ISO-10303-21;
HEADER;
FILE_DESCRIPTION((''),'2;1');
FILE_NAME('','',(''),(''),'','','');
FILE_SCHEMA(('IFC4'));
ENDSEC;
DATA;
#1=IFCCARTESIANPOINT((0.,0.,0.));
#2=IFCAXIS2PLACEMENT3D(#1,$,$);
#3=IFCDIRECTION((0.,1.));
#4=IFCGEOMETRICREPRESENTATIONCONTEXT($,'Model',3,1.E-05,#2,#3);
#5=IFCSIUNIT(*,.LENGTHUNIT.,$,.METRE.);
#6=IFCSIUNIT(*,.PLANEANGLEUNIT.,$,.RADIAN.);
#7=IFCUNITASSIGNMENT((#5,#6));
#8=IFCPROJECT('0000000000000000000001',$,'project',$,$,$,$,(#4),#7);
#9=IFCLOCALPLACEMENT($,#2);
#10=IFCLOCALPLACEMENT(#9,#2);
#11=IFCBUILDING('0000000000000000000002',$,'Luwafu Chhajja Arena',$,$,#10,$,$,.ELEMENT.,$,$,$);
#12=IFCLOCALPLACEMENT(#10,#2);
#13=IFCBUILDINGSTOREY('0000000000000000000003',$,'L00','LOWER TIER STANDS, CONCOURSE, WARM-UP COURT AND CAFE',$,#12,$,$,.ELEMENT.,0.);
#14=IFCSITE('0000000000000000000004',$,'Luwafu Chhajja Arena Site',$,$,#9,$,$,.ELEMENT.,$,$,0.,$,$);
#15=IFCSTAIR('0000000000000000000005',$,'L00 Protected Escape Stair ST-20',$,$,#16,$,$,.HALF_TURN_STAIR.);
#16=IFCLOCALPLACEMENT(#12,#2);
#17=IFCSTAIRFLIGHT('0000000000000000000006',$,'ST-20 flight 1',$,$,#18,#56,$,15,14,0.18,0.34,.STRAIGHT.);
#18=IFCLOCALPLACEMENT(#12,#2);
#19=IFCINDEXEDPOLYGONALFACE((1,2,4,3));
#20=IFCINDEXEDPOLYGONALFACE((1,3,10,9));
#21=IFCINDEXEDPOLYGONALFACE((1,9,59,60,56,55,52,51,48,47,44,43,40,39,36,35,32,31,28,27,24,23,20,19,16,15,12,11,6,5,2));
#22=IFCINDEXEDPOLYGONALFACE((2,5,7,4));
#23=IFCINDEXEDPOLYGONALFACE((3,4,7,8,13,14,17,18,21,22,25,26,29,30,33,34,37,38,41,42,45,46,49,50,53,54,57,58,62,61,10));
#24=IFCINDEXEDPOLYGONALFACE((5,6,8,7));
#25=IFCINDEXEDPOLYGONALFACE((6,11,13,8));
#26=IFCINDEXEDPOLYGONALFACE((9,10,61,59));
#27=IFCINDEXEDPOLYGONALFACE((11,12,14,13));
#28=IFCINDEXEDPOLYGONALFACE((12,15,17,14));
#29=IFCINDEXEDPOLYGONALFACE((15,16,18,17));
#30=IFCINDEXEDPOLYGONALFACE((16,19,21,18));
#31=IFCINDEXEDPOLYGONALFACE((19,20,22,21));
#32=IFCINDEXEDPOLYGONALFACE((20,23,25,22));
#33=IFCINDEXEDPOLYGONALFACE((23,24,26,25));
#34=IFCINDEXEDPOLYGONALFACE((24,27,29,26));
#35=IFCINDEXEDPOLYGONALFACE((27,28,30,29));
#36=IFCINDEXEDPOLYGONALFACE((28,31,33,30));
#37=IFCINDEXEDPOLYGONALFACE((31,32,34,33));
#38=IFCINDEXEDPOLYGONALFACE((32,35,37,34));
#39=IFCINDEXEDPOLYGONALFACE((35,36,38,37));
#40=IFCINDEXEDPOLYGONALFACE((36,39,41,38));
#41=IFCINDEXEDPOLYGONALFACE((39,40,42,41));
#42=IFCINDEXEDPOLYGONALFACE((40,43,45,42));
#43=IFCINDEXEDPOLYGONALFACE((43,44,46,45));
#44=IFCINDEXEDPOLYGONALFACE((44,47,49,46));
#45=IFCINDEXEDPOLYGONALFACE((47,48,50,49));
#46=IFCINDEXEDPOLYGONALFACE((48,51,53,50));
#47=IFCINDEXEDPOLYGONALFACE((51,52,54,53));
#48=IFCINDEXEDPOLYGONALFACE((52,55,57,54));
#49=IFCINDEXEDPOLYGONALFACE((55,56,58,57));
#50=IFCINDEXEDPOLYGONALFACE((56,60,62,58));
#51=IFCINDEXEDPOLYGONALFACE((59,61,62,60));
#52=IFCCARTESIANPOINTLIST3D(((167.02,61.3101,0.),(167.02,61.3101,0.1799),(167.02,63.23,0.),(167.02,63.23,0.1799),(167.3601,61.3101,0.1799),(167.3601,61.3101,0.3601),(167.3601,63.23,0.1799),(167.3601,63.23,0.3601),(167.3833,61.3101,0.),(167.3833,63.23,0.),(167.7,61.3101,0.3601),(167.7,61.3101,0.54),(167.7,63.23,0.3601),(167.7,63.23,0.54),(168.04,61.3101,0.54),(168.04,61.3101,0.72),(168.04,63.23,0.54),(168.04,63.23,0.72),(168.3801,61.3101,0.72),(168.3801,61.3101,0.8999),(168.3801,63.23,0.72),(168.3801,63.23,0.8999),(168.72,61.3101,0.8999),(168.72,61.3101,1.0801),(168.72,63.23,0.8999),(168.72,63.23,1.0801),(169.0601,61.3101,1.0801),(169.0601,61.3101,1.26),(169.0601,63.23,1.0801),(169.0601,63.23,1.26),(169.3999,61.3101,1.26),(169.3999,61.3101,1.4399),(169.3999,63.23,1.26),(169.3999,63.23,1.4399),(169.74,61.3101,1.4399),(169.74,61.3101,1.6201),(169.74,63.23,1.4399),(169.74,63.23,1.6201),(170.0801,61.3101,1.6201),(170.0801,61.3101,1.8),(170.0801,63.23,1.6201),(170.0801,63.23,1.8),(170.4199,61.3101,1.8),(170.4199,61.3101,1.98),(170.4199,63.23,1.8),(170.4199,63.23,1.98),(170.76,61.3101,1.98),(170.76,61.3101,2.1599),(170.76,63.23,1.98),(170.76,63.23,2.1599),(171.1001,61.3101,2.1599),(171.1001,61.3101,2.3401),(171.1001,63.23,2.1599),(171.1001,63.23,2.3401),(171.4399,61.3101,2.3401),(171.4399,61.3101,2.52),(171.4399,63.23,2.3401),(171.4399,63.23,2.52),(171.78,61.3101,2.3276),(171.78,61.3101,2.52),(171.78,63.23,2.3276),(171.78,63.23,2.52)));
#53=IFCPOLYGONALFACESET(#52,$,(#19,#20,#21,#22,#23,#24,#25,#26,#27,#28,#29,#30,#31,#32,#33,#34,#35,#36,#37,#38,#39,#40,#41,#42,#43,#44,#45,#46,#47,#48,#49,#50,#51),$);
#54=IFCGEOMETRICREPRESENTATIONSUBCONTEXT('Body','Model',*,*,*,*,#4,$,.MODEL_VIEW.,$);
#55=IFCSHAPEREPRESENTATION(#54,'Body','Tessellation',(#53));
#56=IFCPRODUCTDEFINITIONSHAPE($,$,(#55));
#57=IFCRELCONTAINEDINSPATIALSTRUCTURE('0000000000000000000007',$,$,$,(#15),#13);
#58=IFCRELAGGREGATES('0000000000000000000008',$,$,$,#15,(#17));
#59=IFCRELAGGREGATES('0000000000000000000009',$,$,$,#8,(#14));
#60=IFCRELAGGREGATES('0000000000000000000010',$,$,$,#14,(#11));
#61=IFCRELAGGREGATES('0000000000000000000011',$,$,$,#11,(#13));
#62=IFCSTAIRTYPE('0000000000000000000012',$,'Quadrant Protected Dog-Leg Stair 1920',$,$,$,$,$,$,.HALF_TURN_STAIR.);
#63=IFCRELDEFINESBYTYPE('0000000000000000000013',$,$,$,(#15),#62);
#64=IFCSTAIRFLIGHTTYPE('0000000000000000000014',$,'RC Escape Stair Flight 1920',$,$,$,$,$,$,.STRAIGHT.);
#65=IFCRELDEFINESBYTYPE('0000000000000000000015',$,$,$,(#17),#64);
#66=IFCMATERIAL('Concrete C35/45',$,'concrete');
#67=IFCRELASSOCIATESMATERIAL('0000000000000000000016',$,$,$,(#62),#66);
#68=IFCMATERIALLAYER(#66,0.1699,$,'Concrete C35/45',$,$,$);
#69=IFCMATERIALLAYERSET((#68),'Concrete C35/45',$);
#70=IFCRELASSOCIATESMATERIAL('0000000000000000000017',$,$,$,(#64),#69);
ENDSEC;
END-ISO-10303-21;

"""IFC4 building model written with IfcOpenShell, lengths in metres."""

from ifc_helpers import new_model, si_unit, direction, frame, origin, place, context, subcontext, project, spatial, polyline, outline, extrude, material, layer, layer_set, type_object, element, aggregate, save


model = new_model("IFC4")

# Units and contexts
model_context = context("Model", 3, precision=1e-05, world=origin(), true_north=direction((0.0, 1.0)))
body_context = subcontext(model_context, "Body", "Model", "MODEL_VIEW")
ifc_project = project(units=[si_unit("LENGTHUNIT", "METRE"), si_unit("PLANEANGLEUNIT", "RADIAN")], contexts=[model_context])

# Site, building, storey
site_placement = place(None, origin())
site = spatial("IfcSite", under=ifc_project, at=site_placement, Name="Luwafu Chhajja Arena Site", CompositionType="ELEMENT", RefElevation=0.0)
building_placement = place(site_placement, origin())
building = spatial("IfcBuilding", under=site, at=building_placement, Name="Luwafu Chhajja Arena", CompositionType="ELEMENT")
storey_placement = place(building_placement, origin())
storey = spatial("IfcBuildingStorey", under=building, at=storey_placement, Name="L00", Description="LOWER TIER STANDS, CONCOURSE, WARM-UP COURT AND CAFE", CompositionType="ELEMENT", Elevation=0.0)

# Shared definitions
ifc_material_1 = material(Name="Concrete C35/45", Category="concrete")

# Stair, stair flight
stair_type = type_object("IfcStairType", Name="Quadrant Protected Dog-Leg Stair 1920", PredefinedType="HALF_TURN_STAIR", material=ifc_material_1)
ifc_layer_1 = layer(ifc_material_1, 0.1699, Name="Concrete C35/45")
ifc_layer_set_1 = layer_set([ifc_layer_1], Name="Concrete C35/45")
stair_flight_type = type_object("IfcStairFlightType", Name="RC Escape Stair Flight 1920", PredefinedType="STRAIGHT", material=ifc_layer_set_1)
stair_1_placement = place(storey_placement, origin())
stair_1 = element("IfcStair", 1, at=stair_1_placement, inside=storey, type_object=stair_type, Name="L00 Protected Escape Stair ST-20", PredefinedType="HALF_TURN_STAIR")
stair_flight_1_placement = place(storey_placement, frame((167.02, 62.27, 0.0), z_axis=(0.0, 0.0, 1.0), x_axis=(1.0, 0.0, 0.0)))
stair_flight_1 = element("IfcStairFlight", 2, at=stair_flight_1_placement, type_object=stair_flight_type, Name="ST-20 flight 1", NumberOfRisers=15, NumberOfTreads=14, PredefinedType="STRAIGHT", RiserHeight=0.18, TreadLength=0.34, context=body_context, shape_type="SweptSolid", body=[
    extrude(outline(polyline([(0.0, 0.0), (0.0, 0.1799), (0.3401, 0.1799), (0.3401, 0.3601), (0.6799, 0.3601), (0.6799, 0.54), (1.02, 0.54), (1.02, 0.72), (1.3601, 0.72), (1.3601, 0.8999), (1.7, 0.8999), (1.7, 1.0801), (2.04, 1.0801), (2.04, 1.26), (2.3799, 1.26), (2.3799, 1.4399), (2.72, 1.4399), (2.72, 1.6201), (3.0601, 1.6201), (3.0601, 1.8), (3.3999, 1.8), (3.3999, 1.98), (3.74, 1.98), (3.74, 2.1599), (4.0801, 2.1599), (4.0801, 2.3401), (4.4199, 2.3401), (4.4199, 2.52), (4.76, 2.52), (4.76, 2.7), (4.76, 2.3276), (0.3633, 0.0), (0.0, 0.0)])), frame((0.0, 0.96, 0.0), z_axis=(0.0, -1.0, 0.0), x_axis=(1.0, 0.0, 0.0)), (0.0, 0.0, 1.0), 1.9199),
])
aggregate(stair_1, [stair_flight_1])

save(model, "model.ifc")
